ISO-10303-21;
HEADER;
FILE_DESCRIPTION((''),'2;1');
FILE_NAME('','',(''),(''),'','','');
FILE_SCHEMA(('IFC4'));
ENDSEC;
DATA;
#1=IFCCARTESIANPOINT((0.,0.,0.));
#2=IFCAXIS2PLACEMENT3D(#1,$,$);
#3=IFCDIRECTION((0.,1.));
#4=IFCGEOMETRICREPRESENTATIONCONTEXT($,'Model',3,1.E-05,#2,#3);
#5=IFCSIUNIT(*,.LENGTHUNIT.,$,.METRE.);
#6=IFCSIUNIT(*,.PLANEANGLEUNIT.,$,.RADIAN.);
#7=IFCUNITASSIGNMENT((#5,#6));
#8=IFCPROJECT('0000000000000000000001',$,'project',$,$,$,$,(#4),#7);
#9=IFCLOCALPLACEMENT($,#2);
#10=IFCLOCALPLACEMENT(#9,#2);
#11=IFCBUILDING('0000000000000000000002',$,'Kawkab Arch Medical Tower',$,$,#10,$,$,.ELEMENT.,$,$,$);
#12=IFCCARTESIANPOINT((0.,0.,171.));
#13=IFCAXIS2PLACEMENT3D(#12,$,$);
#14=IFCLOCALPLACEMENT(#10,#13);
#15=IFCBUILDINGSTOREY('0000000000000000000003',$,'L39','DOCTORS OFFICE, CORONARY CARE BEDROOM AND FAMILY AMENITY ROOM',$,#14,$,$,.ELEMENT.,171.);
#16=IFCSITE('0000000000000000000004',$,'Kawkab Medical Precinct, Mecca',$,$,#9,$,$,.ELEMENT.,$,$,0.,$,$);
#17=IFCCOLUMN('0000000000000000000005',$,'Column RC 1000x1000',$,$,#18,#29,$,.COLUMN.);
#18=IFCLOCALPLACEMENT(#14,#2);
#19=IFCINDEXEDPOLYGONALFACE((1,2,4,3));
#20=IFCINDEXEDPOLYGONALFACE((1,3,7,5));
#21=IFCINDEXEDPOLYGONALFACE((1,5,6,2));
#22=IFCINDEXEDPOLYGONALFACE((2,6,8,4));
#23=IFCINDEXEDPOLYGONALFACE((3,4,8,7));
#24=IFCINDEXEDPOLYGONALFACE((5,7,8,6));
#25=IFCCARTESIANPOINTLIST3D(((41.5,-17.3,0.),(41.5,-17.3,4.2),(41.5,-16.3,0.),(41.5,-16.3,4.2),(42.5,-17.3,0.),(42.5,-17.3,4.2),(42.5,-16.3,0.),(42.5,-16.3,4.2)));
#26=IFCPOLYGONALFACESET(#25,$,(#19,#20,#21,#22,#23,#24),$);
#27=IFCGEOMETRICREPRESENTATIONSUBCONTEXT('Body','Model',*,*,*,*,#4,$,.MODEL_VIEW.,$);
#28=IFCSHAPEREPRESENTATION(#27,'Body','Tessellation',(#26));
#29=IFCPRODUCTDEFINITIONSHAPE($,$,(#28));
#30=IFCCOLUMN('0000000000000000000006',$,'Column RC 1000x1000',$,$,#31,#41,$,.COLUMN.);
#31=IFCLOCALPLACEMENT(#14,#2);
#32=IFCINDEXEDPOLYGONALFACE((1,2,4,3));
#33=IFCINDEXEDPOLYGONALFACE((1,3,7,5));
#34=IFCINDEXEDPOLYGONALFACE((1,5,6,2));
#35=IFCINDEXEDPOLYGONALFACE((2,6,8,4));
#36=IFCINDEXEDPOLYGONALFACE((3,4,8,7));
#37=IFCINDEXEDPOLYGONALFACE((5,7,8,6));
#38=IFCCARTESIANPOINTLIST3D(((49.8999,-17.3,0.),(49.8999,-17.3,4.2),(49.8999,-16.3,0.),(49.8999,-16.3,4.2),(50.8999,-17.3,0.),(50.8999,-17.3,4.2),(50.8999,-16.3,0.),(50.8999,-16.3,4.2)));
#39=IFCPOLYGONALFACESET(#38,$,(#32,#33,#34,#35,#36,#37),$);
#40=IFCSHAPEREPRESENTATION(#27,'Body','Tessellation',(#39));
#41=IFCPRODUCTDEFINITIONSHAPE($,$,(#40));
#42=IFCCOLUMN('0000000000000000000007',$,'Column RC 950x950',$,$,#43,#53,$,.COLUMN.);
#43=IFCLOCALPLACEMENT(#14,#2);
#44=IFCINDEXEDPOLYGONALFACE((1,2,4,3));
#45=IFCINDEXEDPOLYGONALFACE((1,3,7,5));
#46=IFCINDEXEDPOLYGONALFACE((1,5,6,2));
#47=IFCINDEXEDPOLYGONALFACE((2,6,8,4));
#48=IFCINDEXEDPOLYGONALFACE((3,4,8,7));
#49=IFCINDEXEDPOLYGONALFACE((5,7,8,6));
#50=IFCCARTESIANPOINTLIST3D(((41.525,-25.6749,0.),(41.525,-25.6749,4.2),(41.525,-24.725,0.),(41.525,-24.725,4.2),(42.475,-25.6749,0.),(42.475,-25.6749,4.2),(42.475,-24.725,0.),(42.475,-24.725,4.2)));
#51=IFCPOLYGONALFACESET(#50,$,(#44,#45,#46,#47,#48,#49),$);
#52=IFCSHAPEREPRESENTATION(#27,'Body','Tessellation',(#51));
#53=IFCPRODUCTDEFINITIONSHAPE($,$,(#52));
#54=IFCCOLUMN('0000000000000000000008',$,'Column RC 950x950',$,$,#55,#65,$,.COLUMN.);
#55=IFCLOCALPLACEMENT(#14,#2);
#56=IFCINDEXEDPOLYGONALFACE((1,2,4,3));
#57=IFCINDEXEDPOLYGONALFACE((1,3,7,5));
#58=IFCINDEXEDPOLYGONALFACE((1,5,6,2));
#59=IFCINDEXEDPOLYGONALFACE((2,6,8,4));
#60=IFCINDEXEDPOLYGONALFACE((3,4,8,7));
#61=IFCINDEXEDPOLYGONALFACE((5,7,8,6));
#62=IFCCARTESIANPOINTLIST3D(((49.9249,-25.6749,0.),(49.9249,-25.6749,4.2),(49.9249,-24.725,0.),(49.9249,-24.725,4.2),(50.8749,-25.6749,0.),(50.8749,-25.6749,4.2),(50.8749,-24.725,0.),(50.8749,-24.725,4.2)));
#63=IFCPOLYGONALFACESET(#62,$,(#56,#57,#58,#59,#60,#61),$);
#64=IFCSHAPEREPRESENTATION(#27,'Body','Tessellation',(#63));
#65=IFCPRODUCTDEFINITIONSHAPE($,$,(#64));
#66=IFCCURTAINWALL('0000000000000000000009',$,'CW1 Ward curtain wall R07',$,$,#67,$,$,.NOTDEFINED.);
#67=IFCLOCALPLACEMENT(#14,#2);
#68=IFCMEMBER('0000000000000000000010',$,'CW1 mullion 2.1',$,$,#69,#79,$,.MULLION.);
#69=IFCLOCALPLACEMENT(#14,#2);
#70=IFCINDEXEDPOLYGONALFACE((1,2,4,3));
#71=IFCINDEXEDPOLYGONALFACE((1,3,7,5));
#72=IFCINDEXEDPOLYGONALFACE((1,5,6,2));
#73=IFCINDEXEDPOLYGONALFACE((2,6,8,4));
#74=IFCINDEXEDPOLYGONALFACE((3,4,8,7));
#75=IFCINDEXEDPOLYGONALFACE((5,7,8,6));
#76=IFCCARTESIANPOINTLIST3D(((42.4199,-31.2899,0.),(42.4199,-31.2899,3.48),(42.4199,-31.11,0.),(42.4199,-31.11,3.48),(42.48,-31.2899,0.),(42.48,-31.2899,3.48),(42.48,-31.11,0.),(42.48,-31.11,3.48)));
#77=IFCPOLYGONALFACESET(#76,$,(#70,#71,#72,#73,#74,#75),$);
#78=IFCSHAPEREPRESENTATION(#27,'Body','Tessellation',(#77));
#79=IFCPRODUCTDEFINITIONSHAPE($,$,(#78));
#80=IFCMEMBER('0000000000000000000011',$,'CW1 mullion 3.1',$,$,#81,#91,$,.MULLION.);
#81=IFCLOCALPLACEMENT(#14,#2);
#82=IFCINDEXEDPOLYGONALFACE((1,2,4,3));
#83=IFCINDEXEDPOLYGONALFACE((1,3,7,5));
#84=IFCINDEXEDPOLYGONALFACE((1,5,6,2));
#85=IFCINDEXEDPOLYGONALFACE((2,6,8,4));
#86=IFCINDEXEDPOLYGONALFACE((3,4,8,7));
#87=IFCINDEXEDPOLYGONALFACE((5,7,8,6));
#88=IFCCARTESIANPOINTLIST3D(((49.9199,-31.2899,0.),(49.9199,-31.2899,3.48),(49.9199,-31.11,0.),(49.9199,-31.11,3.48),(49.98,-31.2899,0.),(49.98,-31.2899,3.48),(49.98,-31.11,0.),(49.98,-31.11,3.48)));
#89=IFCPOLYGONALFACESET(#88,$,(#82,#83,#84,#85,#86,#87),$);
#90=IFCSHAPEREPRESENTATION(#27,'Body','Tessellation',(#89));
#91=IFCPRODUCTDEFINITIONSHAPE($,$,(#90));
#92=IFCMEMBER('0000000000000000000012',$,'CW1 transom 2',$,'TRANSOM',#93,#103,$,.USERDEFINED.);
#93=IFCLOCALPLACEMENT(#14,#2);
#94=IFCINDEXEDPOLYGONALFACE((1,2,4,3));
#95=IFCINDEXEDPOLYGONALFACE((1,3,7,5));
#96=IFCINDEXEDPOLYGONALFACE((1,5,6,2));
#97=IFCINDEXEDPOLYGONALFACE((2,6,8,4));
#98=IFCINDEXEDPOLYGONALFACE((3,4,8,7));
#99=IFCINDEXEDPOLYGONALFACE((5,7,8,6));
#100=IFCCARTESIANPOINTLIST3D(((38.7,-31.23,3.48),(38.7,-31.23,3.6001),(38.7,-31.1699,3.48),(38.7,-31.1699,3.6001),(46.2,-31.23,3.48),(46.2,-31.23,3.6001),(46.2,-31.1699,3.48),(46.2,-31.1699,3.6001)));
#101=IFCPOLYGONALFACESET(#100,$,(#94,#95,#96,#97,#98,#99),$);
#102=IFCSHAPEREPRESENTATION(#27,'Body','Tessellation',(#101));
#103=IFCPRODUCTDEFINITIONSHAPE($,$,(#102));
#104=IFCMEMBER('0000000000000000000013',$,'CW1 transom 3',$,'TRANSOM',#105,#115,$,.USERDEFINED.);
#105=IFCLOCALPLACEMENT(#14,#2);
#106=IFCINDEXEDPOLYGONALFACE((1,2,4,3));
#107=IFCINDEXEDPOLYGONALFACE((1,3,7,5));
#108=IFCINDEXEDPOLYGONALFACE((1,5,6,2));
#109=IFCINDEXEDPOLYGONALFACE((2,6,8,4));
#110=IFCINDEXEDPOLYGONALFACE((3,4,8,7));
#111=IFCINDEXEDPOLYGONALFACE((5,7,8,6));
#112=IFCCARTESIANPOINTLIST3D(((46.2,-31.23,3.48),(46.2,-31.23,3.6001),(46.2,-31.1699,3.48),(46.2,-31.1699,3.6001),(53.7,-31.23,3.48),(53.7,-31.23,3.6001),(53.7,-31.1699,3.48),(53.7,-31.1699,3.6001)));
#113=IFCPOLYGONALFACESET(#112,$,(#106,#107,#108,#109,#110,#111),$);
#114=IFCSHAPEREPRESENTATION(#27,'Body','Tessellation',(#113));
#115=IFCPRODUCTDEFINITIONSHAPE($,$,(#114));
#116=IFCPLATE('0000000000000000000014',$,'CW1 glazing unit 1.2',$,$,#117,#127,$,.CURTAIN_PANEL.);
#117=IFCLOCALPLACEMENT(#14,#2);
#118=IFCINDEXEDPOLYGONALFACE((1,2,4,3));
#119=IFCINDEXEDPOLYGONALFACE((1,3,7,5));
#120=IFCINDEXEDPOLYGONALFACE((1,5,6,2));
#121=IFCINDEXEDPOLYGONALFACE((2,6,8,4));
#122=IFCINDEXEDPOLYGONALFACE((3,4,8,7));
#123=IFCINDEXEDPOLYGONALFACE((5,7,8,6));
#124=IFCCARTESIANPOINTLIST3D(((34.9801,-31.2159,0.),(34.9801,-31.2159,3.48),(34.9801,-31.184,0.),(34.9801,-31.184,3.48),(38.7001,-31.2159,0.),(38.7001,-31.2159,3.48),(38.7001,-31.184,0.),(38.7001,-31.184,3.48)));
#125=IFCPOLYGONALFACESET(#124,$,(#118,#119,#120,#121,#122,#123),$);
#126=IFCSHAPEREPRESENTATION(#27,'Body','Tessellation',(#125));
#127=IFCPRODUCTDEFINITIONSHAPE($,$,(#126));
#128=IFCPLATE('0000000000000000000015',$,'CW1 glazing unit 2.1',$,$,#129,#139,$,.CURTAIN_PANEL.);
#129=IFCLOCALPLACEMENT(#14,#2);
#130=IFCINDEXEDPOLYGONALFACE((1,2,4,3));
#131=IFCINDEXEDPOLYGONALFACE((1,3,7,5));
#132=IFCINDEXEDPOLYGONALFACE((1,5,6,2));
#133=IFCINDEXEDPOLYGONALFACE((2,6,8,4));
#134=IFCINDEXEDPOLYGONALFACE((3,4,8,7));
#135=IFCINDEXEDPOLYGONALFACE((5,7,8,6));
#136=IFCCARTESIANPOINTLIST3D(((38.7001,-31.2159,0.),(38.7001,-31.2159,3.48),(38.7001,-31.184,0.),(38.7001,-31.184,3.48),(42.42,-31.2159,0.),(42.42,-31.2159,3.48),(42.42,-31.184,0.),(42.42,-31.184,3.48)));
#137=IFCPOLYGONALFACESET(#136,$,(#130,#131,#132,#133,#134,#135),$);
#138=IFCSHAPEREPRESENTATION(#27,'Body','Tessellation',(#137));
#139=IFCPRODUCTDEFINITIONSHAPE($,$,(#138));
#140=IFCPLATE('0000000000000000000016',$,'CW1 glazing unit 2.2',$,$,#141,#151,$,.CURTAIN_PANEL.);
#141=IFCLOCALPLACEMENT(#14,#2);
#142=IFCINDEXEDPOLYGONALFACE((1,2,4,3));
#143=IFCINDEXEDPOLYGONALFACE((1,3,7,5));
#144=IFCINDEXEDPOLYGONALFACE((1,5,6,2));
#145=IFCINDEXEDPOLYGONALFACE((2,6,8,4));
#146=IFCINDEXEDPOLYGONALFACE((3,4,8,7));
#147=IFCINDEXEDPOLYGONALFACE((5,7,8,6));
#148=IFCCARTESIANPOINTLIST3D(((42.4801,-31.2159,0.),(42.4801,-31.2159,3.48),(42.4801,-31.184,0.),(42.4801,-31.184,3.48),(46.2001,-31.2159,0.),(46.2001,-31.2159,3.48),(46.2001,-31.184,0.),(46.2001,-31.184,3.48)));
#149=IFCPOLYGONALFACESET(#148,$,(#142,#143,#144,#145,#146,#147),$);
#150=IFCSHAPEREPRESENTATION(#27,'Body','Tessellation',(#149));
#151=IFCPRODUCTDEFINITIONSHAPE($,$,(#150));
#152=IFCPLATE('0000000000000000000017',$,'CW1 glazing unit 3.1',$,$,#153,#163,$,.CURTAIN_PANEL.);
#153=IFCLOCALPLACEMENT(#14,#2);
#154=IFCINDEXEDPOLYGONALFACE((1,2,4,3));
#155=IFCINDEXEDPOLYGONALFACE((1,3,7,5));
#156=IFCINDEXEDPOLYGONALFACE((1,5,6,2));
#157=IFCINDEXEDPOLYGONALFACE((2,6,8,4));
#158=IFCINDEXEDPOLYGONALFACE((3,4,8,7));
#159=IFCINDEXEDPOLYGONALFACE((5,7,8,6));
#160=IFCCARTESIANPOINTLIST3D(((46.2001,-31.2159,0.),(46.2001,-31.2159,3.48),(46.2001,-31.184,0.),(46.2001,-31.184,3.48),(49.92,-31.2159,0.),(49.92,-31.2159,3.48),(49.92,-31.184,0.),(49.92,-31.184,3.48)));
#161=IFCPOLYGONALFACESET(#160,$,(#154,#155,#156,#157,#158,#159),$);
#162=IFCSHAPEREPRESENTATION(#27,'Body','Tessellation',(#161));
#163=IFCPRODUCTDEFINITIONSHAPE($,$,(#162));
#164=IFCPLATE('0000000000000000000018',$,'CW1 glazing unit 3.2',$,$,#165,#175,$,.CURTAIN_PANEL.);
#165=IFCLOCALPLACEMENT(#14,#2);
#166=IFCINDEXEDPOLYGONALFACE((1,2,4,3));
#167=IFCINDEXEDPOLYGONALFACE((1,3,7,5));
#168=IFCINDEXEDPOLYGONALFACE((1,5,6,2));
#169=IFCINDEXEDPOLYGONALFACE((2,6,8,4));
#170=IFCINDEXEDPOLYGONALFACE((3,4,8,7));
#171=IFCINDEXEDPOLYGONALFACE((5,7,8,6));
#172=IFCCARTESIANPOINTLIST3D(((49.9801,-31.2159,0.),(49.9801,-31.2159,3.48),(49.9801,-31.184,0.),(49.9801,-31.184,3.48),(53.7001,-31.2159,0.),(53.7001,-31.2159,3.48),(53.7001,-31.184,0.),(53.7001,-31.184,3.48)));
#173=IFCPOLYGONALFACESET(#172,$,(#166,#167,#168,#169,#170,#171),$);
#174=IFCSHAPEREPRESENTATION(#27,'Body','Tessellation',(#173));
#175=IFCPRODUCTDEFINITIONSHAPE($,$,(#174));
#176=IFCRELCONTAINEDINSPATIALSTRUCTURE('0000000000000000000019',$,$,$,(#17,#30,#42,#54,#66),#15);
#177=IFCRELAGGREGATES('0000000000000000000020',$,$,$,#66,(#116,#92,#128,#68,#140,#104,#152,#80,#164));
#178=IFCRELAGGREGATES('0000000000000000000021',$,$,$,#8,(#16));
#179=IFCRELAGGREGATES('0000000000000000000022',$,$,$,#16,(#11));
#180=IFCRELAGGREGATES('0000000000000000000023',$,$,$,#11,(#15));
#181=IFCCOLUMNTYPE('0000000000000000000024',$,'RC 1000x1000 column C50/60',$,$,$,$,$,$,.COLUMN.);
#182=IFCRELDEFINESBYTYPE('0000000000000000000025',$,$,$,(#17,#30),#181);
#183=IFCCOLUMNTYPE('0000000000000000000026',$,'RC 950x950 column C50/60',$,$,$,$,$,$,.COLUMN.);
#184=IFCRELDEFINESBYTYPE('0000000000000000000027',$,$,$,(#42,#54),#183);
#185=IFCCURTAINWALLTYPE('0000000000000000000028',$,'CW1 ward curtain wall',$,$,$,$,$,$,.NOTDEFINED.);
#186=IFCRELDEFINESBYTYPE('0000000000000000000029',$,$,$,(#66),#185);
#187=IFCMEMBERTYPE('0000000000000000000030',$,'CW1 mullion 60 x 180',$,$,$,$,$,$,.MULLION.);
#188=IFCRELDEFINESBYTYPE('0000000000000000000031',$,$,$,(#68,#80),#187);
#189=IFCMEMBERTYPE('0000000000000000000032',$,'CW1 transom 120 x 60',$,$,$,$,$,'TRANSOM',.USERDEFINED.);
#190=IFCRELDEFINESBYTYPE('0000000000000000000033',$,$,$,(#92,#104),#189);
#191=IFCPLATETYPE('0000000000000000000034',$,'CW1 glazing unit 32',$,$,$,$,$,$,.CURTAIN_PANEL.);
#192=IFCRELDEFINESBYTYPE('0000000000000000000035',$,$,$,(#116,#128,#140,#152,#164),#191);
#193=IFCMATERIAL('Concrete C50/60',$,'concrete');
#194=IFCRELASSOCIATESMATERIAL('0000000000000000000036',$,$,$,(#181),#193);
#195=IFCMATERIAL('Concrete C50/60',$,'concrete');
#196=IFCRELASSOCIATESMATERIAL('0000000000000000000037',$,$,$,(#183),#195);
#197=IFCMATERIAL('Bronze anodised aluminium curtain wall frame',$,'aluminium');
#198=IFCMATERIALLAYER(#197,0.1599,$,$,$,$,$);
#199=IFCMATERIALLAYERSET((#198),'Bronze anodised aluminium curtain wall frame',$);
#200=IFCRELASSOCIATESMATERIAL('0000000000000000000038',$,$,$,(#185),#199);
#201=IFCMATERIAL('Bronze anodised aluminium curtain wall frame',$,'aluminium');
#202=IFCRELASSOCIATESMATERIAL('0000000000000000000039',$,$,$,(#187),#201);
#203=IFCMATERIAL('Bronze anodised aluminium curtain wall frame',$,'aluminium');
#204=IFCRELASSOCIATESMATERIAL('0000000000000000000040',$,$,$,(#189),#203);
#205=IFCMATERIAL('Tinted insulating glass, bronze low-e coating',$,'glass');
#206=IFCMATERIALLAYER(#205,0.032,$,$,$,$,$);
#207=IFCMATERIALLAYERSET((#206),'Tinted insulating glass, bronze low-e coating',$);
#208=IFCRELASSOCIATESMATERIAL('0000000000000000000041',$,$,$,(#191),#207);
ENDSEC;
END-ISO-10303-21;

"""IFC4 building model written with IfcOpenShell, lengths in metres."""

from ifc_helpers import new_model, si_unit, direction, frame, origin, origin_2d, place, context, subcontext, project, spatial, rectangle, extrude, material, layer, layer_set, material_profile, profile_set, type_object, element, aggregate, save


model = new_model("IFC4")

# Units and contexts
model_context = context("Model", 3, precision=1e-05, world=origin(), true_north=direction((0.0, 1.0)))
body_context = subcontext(model_context, "Body", "Model", "MODEL_VIEW")
ifc_project = project(units=[si_unit("LENGTHUNIT", "METRE"), si_unit("PLANEANGLEUNIT", "RADIAN")], contexts=[model_context])

# Site, building, storey
site_placement = place(None, origin())
site = spatial("IfcSite", under=ifc_project, at=site_placement, Name="Kawkab Medical Precinct, Mecca", CompositionType="ELEMENT", RefElevation=0.0)
building_placement = place(site_placement, origin())
building = spatial("IfcBuilding", under=site, at=building_placement, Name="Kawkab Arch Medical Tower", CompositionType="ELEMENT")
storey_placement = place(building_placement, frame((0.0, 0.0, 171.0)))
storey = spatial("IfcBuildingStorey", under=building, at=storey_placement, Name="L39", Description="DOCTORS OFFICE, CORONARY CARE BEDROOM AND FAMILY AMENITY ROOM", CompositionType="ELEMENT", Elevation=171.0)

# Columns
ifc_material_1 = material(Name="Concrete C50/60", Category="concrete")
ifc_material_profile_1 = material_profile(ifc_material_1, rectangle(XDim=1.0, YDim=1.0, at=origin_2d()), Name="RC 1000x1000")
ifc_profile_set_1 = profile_set([ifc_material_profile_1], Name="Concrete C50/60")
column_type_1 = type_object("IfcColumnType", Name="RC 1000x1000 column C50/60", PredefinedType="COLUMN", material=ifc_profile_set_1)
for number, where, z_axis, x_axis, name in (
    (1, (42.0, -16.8, 0.0), (0.0, 0.0, 1.0), (1.0, 0.0, 0.0), "Column RC 1000x1000"),
    (2, (50.3999, -16.8, 0.0), (0.0, 0.0, 1.0), (1.0, 0.0, 0.0), "Column RC 1000x1000"),
):
    element("IfcColumn", number, at=place(storey_placement, frame(where, z_axis=z_axis, x_axis=x_axis)), inside=storey, type_object=column_type_1, Name=name, PredefinedType="COLUMN", context=body_context, shape_type="SweptSolid", body=[
        extrude(rectangle(XDim=1.0, YDim=1.0, at=origin_2d()), origin(), (0.0, 0.0, 1.0), 4.2),
    ])
ifc_material_2 = material(Name="Concrete C50/60", Category="concrete")
ifc_material_profile_2 = material_profile(ifc_material_2, rectangle(XDim=0.95, YDim=0.95, at=origin_2d()), Name="RC 950x950")
ifc_profile_set_2 = profile_set([ifc_material_profile_2], Name="Concrete C50/60")
column_type_2 = type_object("IfcColumnType", Name="RC 950x950 column C50/60", PredefinedType="COLUMN", material=ifc_profile_set_2)
for number, where, z_axis, x_axis, name in (
    (3, (42.0, -25.2, 0.0), (0.0, 0.0, 1.0), (1.0, 0.0, 0.0), "Column RC 950x950"),
    (4, (50.3999, -25.2, 0.0), (0.0, 0.0, 1.0), (1.0, 0.0, 0.0), "Column RC 950x950"),
):
    element("IfcColumn", number, at=place(storey_placement, frame(where, z_axis=z_axis, x_axis=x_axis)), inside=storey, type_object=column_type_2, Name=name, PredefinedType="COLUMN", context=body_context, shape_type="SweptSolid", body=[
        extrude(rectangle(XDim=0.95, YDim=0.95, at=origin_2d()), origin(), (0.0, 0.0, 1.0), 4.2),
    ])

# Curtain wall, members, plates
ifc_material_3 = material(Name="Bronze anodised aluminium curtain wall frame", Category="aluminium")
ifc_layer_1 = layer(ifc_material_3, 0.1599)
ifc_layer_set_1 = layer_set([ifc_layer_1], Name="Bronze anodised aluminium curtain wall frame")
curtain_wall_type = type_object("IfcCurtainWallType", Name="CW1 ward curtain wall", PredefinedType="NOTDEFINED", material=ifc_layer_set_1)
curtain_wall_placement = place(storey_placement, origin())
curtain_wall = element("IfcCurtainWall", 5, at=curtain_wall_placement, inside=storey, type_object=curtain_wall_type, Name="CW1 Ward curtain wall R07", PredefinedType="NOTDEFINED")
ifc_material_4 = material(Name="Bronze anodised aluminium curtain wall frame", Category="aluminium")
ifc_material_profile_3 = material_profile(ifc_material_4, rectangle(XDim=0.1799, YDim=0.0601, at=origin_2d()), Name="AL 60x180")
ifc_profile_set_3 = profile_set([ifc_material_profile_3], Name="Bronze anodised aluminium curtain wall frame")
member_type_1 = type_object("IfcMemberType", Name="CW1 mullion 60 x 180", PredefinedType="MULLION", material=ifc_profile_set_3)
member_1_placement = place(storey_placement, frame((42.45, -31.2, 0.0), z_axis=(0.0, 0.0, 1.0), x_axis=(0.0, 1.0, 0.0)))
member_1 = element("IfcMember", 6, at=member_1_placement, type_object=member_type_1, Name="CW1 mullion 2.1", PredefinedType="MULLION", context=body_context, shape_type="SweptSolid", body=[
    extrude(rectangle(XDim=0.1799, YDim=0.0601, at=origin_2d()), origin(), (0.0, 0.0, 1.0), 3.48),
])
member_2_placement = place(storey_placement, frame((49.95, -31.2, 0.0), z_axis=(0.0, 0.0, 1.0), x_axis=(0.0, 1.0, 0.0)))
member_2 = element("IfcMember", 7, at=member_2_placement, type_object=member_type_1, Name="CW1 mullion 3.1", PredefinedType="MULLION", context=body_context, shape_type="SweptSolid", body=[
    extrude(rectangle(XDim=0.1799, YDim=0.0601, at=origin_2d()), origin(), (0.0, 0.0, 1.0), 3.48),
])
ifc_material_5 = material(Name="Bronze anodised aluminium curtain wall frame", Category="aluminium")
ifc_material_profile_4 = material_profile(ifc_material_5, rectangle(XDim=0.0601, YDim=0.1201, at=origin_2d()), Name="AL 60x120")
ifc_profile_set_4 = profile_set([ifc_material_profile_4], Name="Bronze anodised aluminium curtain wall frame")
member_type_2 = type_object("IfcMemberType", Name="CW1 transom 120 x 60", ElementType="TRANSOM", PredefinedType="USERDEFINED", material=ifc_profile_set_4)
member_3_placement = place(storey_placement, frame((38.7, -31.2, 3.54), z_axis=(1.0, 0.0, 0.0), x_axis=(0.0, 1.0, 0.0)))
member_3 = element("IfcMember", 8, at=member_3_placement, type_object=member_type_2, Name="CW1 transom 2", ObjectType="TRANSOM", PredefinedType="USERDEFINED", context=body_context, shape_type="SweptSolid", body=[
    extrude(rectangle(XDim=0.0601, YDim=0.1201, at=origin_2d()), origin(), (0.0, 0.0, 1.0), 7.5),
])
member_4_placement = place(storey_placement, frame((46.2, -31.2, 3.54), z_axis=(1.0, 0.0, 0.0), x_axis=(0.0, 1.0, 0.0)))
member_4 = element("IfcMember", 9, at=member_4_placement, type_object=member_type_2, Name="CW1 transom 3", ObjectType="TRANSOM", PredefinedType="USERDEFINED", context=body_context, shape_type="SweptSolid", body=[
    extrude(rectangle(XDim=0.0601, YDim=0.1201, at=origin_2d()), origin(), (0.0, 0.0, 1.0), 7.5),
])
ifc_material_6 = material(Name="Tinted insulating glass, bronze low-e coating", Category="glass")
ifc_layer_2 = layer(ifc_material_6, 0.032)
ifc_layer_set_2 = layer_set([ifc_layer_2], Name="Tinted insulating glass, bronze low-e coating")
plate_type = type_object("IfcPlateType", Name="CW1 glazing unit 32", PredefinedType="CURTAIN_PANEL", material=ifc_layer_set_2)
plate_1_placement = place(storey_placement, frame((36.8401, -31.2, 0.0), z_axis=(0.0, 0.0, 1.0), x_axis=(1.0, 0.0, 0.0)))
plate_1 = element("IfcPlate", 10, at=plate_1_placement, type_object=plate_type, Name="CW1 glazing unit 1.2", PredefinedType="CURTAIN_PANEL", context=body_context, shape_type="SweptSolid", body=[
    extrude(rectangle(XDim=3.72, YDim=0.032, at=origin_2d()), origin(), (0.0, 0.0, 1.0), 3.48),
])
plate_2_placement = place(storey_placement, frame((40.5601, -31.2, 0.0), z_axis=(0.0, 0.0, 1.0), x_axis=(1.0, 0.0, 0.0)))
plate_2 = element("IfcPlate", 11, at=plate_2_placement, type_object=plate_type, Name="CW1 glazing unit 2.1", PredefinedType="CURTAIN_PANEL", context=body_context, shape_type="SweptSolid", body=[
    extrude(rectangle(XDim=3.72, YDim=0.032, at=origin_2d()), origin(), (0.0, 0.0, 1.0), 3.48),
])
plate_3_placement = place(storey_placement, frame((44.3401, -31.2, 0.0), z_axis=(0.0, 0.0, 1.0), x_axis=(1.0, 0.0, 0.0)))
plate_3 = element("IfcPlate", 12, at=plate_3_placement, type_object=plate_type, Name="CW1 glazing unit 2.2", PredefinedType="CURTAIN_PANEL", context=body_context, shape_type="SweptSolid", body=[
    extrude(rectangle(XDim=3.72, YDim=0.032, at=origin_2d()), origin(), (0.0, 0.0, 1.0), 3.48),
])
plate_4_placement = place(storey_placement, frame((48.0601, -31.2, 0.0), z_axis=(0.0, 0.0, 1.0), x_axis=(1.0, 0.0, 0.0)))
plate_4 = element("IfcPlate", 13, at=plate_4_placement, type_object=plate_type, Name="CW1 glazing unit 3.1", PredefinedType="CURTAIN_PANEL", context=body_context, shape_type="SweptSolid", body=[
    extrude(rectangle(XDim=3.72, YDim=0.032, at=origin_2d()), origin(), (0.0, 0.0, 1.0), 3.48),
])
plate_5_placement = place(storey_placement, frame((51.8401, -31.2, 0.0), z_axis=(0.0, 0.0, 1.0), x_axis=(1.0, 0.0, 0.0)))
plate_5 = element("IfcPlate", 14, at=plate_5_placement, type_object=plate_type, Name="CW1 glazing unit 3.2", PredefinedType="CURTAIN_PANEL", context=body_context, shape_type="SweptSolid", body=[
    extrude(rectangle(XDim=3.72, YDim=0.032, at=origin_2d()), origin(), (0.0, 0.0, 1.0), 3.48),
])
aggregate(curtain_wall, [plate_1, member_3, plate_2, member_1, plate_3, member_4, plate_4, member_2, plate_5])

save(model, "model.ifc")
